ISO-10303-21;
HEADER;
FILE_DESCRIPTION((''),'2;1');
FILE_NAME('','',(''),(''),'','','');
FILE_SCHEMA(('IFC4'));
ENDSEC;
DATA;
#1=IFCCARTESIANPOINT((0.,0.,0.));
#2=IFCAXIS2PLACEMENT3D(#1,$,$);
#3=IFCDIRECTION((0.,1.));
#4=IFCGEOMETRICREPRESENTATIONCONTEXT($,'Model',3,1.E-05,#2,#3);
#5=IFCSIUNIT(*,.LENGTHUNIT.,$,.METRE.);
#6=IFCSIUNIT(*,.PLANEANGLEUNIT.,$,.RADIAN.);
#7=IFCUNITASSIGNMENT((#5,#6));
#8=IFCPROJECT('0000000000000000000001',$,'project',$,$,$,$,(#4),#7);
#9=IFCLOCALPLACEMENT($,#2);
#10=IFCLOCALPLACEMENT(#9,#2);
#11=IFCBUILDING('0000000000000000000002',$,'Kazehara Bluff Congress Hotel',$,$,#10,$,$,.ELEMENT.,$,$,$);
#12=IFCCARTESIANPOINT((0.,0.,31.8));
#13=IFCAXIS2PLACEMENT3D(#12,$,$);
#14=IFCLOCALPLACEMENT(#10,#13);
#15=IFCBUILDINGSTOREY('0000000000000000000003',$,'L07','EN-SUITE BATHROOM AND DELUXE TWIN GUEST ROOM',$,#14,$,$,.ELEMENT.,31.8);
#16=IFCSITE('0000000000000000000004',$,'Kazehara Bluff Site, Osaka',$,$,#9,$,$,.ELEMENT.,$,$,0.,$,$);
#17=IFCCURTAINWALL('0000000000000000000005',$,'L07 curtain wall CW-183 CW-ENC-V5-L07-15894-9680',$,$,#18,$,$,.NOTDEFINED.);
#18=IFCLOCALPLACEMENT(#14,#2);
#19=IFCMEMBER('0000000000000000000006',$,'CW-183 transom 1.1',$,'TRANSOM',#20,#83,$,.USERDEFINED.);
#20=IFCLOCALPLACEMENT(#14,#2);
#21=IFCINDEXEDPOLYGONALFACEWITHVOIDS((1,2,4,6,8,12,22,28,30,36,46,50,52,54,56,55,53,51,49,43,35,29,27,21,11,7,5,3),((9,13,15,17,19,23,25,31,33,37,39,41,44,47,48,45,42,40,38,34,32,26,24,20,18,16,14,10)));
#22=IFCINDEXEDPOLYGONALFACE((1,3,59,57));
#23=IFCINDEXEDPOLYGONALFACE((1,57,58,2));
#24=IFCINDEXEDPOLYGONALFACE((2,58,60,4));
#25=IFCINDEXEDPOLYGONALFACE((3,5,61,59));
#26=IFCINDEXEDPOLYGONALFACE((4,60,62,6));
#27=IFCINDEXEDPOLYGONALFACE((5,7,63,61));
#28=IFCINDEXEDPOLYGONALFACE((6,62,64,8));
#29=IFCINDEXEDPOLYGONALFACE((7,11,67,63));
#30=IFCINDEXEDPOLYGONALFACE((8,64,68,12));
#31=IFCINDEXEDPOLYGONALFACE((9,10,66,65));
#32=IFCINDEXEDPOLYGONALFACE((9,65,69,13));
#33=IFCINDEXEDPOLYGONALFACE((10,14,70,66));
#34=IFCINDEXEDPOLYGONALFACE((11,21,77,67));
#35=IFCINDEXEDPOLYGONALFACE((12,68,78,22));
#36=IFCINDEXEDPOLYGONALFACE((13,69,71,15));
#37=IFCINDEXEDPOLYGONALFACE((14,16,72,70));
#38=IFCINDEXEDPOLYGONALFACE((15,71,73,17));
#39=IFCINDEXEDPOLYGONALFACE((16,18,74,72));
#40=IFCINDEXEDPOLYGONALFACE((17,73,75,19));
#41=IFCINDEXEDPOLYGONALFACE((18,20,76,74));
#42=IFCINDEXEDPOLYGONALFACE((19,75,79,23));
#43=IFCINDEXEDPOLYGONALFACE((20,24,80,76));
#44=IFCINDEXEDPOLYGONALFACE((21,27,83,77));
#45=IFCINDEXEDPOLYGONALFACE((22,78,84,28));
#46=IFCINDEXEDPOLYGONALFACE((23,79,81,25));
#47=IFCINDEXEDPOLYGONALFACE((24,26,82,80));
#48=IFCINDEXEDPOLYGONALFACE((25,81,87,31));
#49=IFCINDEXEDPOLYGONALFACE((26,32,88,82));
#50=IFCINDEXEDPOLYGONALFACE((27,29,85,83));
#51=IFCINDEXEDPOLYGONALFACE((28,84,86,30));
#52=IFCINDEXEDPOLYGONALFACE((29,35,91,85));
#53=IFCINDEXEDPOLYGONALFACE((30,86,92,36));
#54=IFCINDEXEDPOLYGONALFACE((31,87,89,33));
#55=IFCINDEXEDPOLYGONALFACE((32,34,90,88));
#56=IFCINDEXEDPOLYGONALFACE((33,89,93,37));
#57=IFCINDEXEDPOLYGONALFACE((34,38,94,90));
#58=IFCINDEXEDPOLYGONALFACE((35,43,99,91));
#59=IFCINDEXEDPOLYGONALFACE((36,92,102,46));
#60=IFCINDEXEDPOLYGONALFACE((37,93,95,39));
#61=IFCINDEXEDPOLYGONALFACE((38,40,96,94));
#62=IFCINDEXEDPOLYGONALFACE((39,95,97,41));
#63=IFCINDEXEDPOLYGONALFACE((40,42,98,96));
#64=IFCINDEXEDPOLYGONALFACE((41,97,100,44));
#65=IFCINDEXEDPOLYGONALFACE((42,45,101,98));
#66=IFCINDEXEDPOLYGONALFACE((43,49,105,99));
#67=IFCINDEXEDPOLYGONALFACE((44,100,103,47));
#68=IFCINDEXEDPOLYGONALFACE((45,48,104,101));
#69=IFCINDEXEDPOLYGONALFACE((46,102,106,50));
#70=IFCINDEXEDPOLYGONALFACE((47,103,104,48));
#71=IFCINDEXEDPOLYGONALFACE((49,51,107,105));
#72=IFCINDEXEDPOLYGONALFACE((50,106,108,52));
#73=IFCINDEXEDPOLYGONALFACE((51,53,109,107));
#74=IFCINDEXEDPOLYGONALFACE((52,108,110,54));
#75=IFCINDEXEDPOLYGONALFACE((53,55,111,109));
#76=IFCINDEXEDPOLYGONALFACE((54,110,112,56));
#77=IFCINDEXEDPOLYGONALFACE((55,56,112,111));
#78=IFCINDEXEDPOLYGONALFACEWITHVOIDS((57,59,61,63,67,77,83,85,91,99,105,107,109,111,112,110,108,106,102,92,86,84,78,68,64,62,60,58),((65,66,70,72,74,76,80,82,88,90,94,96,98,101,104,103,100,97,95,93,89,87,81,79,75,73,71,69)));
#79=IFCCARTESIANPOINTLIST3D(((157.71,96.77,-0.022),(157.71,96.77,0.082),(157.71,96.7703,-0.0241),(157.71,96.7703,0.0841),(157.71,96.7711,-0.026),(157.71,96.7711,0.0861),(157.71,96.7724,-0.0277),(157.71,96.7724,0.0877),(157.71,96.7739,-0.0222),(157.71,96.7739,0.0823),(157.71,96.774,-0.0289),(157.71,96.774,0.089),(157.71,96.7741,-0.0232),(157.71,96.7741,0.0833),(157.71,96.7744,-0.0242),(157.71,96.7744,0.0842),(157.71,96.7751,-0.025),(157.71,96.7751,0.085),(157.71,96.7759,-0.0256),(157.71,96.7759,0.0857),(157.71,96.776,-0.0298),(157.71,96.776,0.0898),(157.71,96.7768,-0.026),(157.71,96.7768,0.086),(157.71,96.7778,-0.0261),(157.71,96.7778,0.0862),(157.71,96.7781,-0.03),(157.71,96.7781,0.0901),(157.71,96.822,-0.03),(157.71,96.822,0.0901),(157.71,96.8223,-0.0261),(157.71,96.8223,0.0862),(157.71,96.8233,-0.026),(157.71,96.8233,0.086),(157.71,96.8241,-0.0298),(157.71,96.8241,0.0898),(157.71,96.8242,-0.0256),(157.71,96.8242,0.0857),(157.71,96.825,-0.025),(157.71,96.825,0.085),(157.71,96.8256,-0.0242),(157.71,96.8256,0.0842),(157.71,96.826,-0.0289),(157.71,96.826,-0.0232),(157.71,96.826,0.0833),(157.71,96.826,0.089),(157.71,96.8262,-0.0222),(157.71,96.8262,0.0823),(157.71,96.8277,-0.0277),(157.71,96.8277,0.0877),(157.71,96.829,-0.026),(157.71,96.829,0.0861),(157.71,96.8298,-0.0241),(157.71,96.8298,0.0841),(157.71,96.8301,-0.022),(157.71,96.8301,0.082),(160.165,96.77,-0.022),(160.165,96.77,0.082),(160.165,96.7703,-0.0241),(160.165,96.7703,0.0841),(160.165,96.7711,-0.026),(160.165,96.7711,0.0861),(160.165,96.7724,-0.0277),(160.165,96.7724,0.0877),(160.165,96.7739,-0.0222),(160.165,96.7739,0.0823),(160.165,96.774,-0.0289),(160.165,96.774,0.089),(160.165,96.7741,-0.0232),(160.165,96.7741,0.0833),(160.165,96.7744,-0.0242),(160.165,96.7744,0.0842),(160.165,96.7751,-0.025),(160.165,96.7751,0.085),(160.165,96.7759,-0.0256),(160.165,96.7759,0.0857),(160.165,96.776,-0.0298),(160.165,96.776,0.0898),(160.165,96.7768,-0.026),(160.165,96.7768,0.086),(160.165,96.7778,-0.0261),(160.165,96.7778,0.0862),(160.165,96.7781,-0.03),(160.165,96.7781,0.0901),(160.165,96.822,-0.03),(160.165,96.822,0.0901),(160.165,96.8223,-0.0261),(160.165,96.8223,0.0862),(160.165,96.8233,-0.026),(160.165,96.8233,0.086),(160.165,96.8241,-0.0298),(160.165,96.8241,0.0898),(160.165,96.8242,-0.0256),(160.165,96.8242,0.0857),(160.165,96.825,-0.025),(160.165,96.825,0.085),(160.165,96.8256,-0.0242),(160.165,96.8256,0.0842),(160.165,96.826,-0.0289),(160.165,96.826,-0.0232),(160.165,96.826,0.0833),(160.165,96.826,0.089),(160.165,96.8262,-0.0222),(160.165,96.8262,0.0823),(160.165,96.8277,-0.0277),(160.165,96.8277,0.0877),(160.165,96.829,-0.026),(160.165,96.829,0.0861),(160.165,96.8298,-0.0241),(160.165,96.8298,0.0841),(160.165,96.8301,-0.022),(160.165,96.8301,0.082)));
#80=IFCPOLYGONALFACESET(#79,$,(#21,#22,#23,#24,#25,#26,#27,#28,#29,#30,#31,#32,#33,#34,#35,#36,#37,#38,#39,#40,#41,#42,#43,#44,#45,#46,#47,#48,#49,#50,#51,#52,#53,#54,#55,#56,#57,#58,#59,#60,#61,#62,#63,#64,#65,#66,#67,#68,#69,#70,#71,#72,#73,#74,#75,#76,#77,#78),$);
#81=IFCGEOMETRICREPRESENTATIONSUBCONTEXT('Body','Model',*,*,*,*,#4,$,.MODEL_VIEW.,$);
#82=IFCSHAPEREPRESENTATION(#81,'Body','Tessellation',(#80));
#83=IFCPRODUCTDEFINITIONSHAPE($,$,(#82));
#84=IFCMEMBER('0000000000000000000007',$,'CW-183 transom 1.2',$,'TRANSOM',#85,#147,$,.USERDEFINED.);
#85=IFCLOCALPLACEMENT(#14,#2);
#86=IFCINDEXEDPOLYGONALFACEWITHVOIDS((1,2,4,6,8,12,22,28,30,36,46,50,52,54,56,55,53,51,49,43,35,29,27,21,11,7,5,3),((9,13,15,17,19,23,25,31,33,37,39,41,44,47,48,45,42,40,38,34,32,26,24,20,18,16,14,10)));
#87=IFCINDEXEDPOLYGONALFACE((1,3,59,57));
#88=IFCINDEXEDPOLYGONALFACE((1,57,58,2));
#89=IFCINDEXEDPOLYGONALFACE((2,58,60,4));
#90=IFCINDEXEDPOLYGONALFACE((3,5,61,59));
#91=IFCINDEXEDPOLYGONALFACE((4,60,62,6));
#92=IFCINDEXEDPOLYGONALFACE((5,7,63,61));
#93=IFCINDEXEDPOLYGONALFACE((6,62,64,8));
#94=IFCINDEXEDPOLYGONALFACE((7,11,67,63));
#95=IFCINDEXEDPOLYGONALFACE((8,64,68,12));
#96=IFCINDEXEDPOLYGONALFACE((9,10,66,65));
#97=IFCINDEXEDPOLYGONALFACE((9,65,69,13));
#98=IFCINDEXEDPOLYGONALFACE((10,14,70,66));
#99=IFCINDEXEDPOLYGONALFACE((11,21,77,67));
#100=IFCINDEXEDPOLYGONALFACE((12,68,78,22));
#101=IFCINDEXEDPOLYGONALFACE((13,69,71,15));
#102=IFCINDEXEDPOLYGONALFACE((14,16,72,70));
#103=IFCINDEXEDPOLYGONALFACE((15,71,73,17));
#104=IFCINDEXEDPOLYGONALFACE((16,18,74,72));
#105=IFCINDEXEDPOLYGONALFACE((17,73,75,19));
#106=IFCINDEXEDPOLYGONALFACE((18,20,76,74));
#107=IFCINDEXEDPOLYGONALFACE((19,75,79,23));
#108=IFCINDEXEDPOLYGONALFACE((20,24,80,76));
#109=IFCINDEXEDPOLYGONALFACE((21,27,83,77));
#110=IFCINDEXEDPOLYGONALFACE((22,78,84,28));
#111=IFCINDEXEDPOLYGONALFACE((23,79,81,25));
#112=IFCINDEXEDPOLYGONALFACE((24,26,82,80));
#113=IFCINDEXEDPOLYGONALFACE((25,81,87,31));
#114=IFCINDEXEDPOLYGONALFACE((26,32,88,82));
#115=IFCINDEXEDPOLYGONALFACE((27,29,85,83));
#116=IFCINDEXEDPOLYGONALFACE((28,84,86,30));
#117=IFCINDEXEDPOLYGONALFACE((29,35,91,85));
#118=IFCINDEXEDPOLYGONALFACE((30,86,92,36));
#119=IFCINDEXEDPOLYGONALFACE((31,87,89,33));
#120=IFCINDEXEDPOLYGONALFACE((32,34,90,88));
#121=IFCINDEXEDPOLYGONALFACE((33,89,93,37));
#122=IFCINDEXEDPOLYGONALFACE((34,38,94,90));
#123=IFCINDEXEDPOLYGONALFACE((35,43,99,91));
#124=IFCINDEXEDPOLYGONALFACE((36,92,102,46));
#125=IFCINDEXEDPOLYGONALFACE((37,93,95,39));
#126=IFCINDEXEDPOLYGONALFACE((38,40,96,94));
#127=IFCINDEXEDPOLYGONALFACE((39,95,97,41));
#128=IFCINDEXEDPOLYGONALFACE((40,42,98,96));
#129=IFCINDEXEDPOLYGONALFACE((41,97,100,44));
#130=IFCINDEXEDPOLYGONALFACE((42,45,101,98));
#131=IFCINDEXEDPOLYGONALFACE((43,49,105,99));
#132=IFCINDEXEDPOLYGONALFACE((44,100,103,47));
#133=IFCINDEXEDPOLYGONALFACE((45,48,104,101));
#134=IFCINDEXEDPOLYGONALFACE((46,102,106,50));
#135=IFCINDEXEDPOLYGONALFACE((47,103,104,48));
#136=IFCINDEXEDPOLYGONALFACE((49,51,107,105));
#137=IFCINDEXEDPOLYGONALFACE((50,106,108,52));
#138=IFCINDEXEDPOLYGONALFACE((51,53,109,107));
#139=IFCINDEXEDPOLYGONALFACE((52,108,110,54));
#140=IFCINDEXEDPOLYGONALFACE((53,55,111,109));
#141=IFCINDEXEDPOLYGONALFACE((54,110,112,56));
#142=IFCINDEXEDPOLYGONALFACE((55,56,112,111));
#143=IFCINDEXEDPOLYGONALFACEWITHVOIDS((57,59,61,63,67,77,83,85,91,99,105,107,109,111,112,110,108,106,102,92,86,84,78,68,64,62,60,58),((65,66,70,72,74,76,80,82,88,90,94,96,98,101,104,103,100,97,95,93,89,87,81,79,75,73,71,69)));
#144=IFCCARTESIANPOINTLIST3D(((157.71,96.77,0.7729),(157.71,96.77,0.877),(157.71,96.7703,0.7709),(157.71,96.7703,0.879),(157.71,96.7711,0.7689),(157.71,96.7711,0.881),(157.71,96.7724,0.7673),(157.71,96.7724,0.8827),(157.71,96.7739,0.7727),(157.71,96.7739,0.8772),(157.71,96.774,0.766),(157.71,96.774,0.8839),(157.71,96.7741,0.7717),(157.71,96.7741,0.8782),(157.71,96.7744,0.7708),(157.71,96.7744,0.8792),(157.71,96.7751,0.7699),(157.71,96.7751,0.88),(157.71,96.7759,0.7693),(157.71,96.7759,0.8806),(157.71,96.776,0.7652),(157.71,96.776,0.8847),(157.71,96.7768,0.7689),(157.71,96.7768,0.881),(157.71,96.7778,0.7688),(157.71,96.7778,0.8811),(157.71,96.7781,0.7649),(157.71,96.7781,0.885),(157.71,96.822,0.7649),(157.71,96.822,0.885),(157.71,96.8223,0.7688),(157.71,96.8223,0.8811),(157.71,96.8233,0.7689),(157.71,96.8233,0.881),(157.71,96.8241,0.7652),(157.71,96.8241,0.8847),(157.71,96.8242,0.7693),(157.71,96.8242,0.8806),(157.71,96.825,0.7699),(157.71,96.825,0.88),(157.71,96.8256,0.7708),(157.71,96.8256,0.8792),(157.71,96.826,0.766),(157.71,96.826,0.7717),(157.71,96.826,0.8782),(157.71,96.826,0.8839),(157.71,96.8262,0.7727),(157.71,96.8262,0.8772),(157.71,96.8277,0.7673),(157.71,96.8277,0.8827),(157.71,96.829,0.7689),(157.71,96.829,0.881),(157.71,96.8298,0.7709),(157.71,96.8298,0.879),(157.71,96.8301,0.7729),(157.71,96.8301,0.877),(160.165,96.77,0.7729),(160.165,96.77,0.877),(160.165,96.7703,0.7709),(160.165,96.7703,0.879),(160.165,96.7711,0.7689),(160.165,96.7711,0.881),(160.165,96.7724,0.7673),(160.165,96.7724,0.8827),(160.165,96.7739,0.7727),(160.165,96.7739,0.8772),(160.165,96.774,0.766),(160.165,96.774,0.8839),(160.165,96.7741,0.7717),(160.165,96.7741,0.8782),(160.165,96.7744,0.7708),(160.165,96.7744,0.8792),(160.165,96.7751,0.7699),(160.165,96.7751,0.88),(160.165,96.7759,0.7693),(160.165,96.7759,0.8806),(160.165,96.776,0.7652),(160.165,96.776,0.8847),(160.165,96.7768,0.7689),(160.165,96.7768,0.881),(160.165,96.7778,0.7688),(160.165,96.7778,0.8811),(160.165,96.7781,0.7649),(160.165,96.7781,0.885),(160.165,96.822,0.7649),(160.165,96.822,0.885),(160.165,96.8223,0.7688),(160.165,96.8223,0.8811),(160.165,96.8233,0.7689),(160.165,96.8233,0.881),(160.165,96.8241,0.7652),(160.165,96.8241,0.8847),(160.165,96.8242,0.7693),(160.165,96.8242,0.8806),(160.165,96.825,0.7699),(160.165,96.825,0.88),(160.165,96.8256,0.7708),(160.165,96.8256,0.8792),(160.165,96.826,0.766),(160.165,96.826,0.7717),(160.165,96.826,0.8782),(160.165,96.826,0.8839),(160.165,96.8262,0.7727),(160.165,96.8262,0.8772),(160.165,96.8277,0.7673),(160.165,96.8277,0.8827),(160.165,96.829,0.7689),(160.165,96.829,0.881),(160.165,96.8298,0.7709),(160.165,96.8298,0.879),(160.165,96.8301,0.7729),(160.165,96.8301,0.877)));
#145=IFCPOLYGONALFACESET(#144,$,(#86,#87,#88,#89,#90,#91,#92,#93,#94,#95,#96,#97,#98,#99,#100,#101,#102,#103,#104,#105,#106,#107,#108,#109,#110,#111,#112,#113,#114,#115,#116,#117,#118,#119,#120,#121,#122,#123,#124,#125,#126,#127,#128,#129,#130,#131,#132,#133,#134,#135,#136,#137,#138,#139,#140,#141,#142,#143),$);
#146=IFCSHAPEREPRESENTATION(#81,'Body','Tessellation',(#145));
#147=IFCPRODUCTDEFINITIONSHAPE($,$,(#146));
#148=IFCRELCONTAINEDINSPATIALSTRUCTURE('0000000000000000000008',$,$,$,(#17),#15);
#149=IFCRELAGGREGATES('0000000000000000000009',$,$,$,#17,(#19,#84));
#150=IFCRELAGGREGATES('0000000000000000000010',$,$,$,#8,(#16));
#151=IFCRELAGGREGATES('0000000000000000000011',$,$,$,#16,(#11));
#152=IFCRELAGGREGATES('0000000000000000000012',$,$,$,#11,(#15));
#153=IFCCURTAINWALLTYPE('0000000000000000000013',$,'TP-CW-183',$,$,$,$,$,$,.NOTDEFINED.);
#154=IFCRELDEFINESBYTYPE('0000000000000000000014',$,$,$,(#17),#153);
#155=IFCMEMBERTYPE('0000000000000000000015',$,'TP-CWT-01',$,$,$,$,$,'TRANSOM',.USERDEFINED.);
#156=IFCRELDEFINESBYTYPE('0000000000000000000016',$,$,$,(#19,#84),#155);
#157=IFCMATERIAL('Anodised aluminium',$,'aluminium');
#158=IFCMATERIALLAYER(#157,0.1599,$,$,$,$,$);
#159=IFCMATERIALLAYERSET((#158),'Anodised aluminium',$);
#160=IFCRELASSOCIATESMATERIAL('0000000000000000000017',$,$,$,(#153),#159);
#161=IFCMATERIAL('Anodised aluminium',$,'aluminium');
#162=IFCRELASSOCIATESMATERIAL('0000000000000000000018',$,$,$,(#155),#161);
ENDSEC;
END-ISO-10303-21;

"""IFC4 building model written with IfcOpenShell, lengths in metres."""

from ifc_helpers import new_model, si_unit, direction, frame, origin, origin_2d, place, context, subcontext, project, spatial, hollow_rectangle, extrude, material, layer, layer_set, material_profile, profile_set, type_object, element, aggregate, save


model = new_model("IFC4")

# Units and contexts
model_context = context("Model", 3, precision=1e-05, world=origin(), true_north=direction((0.0, 1.0)))
body_context = subcontext(model_context, "Body", "Model", "MODEL_VIEW")
ifc_project = project(units=[si_unit("LENGTHUNIT", "METRE"), si_unit("PLANEANGLEUNIT", "RADIAN")], contexts=[model_context])

# Site, building, storey
site_placement = place(None, origin())
site = spatial("IfcSite", under=ifc_project, at=site_placement, Name="Kazehara Bluff Site, Osaka", CompositionType="ELEMENT", RefElevation=0.0)
building_placement = place(site_placement, origin())
building = spatial("IfcBuilding", under=site, at=building_placement, Name="Kazehara Bluff Congress Hotel", CompositionType="ELEMENT")
storey_placement = place(building_placement, frame((0.0, 0.0, 31.8)))
storey = spatial("IfcBuildingStorey", under=building, at=storey_placement, Name="L07", Description="EN-SUITE BATHROOM AND DELUXE TWIN GUEST ROOM", CompositionType="ELEMENT", Elevation=31.8)

# Curtain wall
ifc_material_1 = material(Name="Anodised aluminium", Category="aluminium")
ifc_layer_1 = layer(ifc_material_1, 0.1599)
ifc_layer_set_1 = layer_set([ifc_layer_1], Name="Anodised aluminium")
curtain_wall_type_1 = type_object("IfcCurtainWallType", Name="TP-CW-183", PredefinedType="NOTDEFINED", material=ifc_layer_set_1)
curtain_wall_1_placement = place(storey_placement, origin())
curtain_wall_1 = element("IfcCurtainWall", 1, at=curtain_wall_1_placement, inside=storey, type_object=curtain_wall_type_1, Name="L07 curtain wall CW-183 CW-ENC-V5-L07-15894-9680", PredefinedType="NOTDEFINED")

# Members
ifc_material_2 = material(Name="Anodised aluminium", Category="aluminium")
ifc_material_profile_1 = material_profile(ifc_material_2, hollow_rectangle(XDim=0.0601, YDim=0.1201, WallThickness=0.0039, InnerFilletRadius=0.0039, OuterFilletRadius=0.0081, at=origin_2d()))
ifc_profile_set_1 = profile_set([ifc_material_profile_1], Name="Anodised aluminium")
member_type_1 = type_object("IfcMemberType", Name="TP-CWT-01", ElementType="TRANSOM", PredefinedType="USERDEFINED", material=ifc_profile_set_1)
member_1_placement = place(storey_placement, frame((157.71, 96.8, 0.03), z_axis=(1.0, 0.0, 0.0), x_axis=(0.0, 1.0, 0.0)))
member_1 = element("IfcMember", 2, at=member_1_placement, type_object=member_type_1, Name="CW-183 transom 1.1", ObjectType="TRANSOM", PredefinedType="USERDEFINED", context=body_context, shape_type="SweptSolid", body=[
    extrude(hollow_rectangle(XDim=0.0601, YDim=0.1201, WallThickness=0.0039, InnerFilletRadius=0.0039, OuterFilletRadius=0.0081, at=origin_2d()), origin(), (0.0, 0.0, 1.0), 2.4551),
])
member_2_placement = place(storey_placement, frame((157.71, 96.8, 0.825), z_axis=(1.0, 0.0, 0.0), x_axis=(0.0, 1.0, 0.0)))
member_2 = element("IfcMember", 3, at=member_2_placement, type_object=member_type_1, Name="CW-183 transom 1.2", ObjectType="TRANSOM", PredefinedType="USERDEFINED", context=body_context, shape_type="SweptSolid", body=[
    extrude(hollow_rectangle(XDim=0.0601, YDim=0.1201, WallThickness=0.0039, InnerFilletRadius=0.0039, OuterFilletRadius=0.0081, at=origin_2d()), origin(), (0.0, 0.0, 1.0), 2.4551),
])

aggregate(curtain_wall_1, [member_1, member_2])

save(model, "model.ifc")
